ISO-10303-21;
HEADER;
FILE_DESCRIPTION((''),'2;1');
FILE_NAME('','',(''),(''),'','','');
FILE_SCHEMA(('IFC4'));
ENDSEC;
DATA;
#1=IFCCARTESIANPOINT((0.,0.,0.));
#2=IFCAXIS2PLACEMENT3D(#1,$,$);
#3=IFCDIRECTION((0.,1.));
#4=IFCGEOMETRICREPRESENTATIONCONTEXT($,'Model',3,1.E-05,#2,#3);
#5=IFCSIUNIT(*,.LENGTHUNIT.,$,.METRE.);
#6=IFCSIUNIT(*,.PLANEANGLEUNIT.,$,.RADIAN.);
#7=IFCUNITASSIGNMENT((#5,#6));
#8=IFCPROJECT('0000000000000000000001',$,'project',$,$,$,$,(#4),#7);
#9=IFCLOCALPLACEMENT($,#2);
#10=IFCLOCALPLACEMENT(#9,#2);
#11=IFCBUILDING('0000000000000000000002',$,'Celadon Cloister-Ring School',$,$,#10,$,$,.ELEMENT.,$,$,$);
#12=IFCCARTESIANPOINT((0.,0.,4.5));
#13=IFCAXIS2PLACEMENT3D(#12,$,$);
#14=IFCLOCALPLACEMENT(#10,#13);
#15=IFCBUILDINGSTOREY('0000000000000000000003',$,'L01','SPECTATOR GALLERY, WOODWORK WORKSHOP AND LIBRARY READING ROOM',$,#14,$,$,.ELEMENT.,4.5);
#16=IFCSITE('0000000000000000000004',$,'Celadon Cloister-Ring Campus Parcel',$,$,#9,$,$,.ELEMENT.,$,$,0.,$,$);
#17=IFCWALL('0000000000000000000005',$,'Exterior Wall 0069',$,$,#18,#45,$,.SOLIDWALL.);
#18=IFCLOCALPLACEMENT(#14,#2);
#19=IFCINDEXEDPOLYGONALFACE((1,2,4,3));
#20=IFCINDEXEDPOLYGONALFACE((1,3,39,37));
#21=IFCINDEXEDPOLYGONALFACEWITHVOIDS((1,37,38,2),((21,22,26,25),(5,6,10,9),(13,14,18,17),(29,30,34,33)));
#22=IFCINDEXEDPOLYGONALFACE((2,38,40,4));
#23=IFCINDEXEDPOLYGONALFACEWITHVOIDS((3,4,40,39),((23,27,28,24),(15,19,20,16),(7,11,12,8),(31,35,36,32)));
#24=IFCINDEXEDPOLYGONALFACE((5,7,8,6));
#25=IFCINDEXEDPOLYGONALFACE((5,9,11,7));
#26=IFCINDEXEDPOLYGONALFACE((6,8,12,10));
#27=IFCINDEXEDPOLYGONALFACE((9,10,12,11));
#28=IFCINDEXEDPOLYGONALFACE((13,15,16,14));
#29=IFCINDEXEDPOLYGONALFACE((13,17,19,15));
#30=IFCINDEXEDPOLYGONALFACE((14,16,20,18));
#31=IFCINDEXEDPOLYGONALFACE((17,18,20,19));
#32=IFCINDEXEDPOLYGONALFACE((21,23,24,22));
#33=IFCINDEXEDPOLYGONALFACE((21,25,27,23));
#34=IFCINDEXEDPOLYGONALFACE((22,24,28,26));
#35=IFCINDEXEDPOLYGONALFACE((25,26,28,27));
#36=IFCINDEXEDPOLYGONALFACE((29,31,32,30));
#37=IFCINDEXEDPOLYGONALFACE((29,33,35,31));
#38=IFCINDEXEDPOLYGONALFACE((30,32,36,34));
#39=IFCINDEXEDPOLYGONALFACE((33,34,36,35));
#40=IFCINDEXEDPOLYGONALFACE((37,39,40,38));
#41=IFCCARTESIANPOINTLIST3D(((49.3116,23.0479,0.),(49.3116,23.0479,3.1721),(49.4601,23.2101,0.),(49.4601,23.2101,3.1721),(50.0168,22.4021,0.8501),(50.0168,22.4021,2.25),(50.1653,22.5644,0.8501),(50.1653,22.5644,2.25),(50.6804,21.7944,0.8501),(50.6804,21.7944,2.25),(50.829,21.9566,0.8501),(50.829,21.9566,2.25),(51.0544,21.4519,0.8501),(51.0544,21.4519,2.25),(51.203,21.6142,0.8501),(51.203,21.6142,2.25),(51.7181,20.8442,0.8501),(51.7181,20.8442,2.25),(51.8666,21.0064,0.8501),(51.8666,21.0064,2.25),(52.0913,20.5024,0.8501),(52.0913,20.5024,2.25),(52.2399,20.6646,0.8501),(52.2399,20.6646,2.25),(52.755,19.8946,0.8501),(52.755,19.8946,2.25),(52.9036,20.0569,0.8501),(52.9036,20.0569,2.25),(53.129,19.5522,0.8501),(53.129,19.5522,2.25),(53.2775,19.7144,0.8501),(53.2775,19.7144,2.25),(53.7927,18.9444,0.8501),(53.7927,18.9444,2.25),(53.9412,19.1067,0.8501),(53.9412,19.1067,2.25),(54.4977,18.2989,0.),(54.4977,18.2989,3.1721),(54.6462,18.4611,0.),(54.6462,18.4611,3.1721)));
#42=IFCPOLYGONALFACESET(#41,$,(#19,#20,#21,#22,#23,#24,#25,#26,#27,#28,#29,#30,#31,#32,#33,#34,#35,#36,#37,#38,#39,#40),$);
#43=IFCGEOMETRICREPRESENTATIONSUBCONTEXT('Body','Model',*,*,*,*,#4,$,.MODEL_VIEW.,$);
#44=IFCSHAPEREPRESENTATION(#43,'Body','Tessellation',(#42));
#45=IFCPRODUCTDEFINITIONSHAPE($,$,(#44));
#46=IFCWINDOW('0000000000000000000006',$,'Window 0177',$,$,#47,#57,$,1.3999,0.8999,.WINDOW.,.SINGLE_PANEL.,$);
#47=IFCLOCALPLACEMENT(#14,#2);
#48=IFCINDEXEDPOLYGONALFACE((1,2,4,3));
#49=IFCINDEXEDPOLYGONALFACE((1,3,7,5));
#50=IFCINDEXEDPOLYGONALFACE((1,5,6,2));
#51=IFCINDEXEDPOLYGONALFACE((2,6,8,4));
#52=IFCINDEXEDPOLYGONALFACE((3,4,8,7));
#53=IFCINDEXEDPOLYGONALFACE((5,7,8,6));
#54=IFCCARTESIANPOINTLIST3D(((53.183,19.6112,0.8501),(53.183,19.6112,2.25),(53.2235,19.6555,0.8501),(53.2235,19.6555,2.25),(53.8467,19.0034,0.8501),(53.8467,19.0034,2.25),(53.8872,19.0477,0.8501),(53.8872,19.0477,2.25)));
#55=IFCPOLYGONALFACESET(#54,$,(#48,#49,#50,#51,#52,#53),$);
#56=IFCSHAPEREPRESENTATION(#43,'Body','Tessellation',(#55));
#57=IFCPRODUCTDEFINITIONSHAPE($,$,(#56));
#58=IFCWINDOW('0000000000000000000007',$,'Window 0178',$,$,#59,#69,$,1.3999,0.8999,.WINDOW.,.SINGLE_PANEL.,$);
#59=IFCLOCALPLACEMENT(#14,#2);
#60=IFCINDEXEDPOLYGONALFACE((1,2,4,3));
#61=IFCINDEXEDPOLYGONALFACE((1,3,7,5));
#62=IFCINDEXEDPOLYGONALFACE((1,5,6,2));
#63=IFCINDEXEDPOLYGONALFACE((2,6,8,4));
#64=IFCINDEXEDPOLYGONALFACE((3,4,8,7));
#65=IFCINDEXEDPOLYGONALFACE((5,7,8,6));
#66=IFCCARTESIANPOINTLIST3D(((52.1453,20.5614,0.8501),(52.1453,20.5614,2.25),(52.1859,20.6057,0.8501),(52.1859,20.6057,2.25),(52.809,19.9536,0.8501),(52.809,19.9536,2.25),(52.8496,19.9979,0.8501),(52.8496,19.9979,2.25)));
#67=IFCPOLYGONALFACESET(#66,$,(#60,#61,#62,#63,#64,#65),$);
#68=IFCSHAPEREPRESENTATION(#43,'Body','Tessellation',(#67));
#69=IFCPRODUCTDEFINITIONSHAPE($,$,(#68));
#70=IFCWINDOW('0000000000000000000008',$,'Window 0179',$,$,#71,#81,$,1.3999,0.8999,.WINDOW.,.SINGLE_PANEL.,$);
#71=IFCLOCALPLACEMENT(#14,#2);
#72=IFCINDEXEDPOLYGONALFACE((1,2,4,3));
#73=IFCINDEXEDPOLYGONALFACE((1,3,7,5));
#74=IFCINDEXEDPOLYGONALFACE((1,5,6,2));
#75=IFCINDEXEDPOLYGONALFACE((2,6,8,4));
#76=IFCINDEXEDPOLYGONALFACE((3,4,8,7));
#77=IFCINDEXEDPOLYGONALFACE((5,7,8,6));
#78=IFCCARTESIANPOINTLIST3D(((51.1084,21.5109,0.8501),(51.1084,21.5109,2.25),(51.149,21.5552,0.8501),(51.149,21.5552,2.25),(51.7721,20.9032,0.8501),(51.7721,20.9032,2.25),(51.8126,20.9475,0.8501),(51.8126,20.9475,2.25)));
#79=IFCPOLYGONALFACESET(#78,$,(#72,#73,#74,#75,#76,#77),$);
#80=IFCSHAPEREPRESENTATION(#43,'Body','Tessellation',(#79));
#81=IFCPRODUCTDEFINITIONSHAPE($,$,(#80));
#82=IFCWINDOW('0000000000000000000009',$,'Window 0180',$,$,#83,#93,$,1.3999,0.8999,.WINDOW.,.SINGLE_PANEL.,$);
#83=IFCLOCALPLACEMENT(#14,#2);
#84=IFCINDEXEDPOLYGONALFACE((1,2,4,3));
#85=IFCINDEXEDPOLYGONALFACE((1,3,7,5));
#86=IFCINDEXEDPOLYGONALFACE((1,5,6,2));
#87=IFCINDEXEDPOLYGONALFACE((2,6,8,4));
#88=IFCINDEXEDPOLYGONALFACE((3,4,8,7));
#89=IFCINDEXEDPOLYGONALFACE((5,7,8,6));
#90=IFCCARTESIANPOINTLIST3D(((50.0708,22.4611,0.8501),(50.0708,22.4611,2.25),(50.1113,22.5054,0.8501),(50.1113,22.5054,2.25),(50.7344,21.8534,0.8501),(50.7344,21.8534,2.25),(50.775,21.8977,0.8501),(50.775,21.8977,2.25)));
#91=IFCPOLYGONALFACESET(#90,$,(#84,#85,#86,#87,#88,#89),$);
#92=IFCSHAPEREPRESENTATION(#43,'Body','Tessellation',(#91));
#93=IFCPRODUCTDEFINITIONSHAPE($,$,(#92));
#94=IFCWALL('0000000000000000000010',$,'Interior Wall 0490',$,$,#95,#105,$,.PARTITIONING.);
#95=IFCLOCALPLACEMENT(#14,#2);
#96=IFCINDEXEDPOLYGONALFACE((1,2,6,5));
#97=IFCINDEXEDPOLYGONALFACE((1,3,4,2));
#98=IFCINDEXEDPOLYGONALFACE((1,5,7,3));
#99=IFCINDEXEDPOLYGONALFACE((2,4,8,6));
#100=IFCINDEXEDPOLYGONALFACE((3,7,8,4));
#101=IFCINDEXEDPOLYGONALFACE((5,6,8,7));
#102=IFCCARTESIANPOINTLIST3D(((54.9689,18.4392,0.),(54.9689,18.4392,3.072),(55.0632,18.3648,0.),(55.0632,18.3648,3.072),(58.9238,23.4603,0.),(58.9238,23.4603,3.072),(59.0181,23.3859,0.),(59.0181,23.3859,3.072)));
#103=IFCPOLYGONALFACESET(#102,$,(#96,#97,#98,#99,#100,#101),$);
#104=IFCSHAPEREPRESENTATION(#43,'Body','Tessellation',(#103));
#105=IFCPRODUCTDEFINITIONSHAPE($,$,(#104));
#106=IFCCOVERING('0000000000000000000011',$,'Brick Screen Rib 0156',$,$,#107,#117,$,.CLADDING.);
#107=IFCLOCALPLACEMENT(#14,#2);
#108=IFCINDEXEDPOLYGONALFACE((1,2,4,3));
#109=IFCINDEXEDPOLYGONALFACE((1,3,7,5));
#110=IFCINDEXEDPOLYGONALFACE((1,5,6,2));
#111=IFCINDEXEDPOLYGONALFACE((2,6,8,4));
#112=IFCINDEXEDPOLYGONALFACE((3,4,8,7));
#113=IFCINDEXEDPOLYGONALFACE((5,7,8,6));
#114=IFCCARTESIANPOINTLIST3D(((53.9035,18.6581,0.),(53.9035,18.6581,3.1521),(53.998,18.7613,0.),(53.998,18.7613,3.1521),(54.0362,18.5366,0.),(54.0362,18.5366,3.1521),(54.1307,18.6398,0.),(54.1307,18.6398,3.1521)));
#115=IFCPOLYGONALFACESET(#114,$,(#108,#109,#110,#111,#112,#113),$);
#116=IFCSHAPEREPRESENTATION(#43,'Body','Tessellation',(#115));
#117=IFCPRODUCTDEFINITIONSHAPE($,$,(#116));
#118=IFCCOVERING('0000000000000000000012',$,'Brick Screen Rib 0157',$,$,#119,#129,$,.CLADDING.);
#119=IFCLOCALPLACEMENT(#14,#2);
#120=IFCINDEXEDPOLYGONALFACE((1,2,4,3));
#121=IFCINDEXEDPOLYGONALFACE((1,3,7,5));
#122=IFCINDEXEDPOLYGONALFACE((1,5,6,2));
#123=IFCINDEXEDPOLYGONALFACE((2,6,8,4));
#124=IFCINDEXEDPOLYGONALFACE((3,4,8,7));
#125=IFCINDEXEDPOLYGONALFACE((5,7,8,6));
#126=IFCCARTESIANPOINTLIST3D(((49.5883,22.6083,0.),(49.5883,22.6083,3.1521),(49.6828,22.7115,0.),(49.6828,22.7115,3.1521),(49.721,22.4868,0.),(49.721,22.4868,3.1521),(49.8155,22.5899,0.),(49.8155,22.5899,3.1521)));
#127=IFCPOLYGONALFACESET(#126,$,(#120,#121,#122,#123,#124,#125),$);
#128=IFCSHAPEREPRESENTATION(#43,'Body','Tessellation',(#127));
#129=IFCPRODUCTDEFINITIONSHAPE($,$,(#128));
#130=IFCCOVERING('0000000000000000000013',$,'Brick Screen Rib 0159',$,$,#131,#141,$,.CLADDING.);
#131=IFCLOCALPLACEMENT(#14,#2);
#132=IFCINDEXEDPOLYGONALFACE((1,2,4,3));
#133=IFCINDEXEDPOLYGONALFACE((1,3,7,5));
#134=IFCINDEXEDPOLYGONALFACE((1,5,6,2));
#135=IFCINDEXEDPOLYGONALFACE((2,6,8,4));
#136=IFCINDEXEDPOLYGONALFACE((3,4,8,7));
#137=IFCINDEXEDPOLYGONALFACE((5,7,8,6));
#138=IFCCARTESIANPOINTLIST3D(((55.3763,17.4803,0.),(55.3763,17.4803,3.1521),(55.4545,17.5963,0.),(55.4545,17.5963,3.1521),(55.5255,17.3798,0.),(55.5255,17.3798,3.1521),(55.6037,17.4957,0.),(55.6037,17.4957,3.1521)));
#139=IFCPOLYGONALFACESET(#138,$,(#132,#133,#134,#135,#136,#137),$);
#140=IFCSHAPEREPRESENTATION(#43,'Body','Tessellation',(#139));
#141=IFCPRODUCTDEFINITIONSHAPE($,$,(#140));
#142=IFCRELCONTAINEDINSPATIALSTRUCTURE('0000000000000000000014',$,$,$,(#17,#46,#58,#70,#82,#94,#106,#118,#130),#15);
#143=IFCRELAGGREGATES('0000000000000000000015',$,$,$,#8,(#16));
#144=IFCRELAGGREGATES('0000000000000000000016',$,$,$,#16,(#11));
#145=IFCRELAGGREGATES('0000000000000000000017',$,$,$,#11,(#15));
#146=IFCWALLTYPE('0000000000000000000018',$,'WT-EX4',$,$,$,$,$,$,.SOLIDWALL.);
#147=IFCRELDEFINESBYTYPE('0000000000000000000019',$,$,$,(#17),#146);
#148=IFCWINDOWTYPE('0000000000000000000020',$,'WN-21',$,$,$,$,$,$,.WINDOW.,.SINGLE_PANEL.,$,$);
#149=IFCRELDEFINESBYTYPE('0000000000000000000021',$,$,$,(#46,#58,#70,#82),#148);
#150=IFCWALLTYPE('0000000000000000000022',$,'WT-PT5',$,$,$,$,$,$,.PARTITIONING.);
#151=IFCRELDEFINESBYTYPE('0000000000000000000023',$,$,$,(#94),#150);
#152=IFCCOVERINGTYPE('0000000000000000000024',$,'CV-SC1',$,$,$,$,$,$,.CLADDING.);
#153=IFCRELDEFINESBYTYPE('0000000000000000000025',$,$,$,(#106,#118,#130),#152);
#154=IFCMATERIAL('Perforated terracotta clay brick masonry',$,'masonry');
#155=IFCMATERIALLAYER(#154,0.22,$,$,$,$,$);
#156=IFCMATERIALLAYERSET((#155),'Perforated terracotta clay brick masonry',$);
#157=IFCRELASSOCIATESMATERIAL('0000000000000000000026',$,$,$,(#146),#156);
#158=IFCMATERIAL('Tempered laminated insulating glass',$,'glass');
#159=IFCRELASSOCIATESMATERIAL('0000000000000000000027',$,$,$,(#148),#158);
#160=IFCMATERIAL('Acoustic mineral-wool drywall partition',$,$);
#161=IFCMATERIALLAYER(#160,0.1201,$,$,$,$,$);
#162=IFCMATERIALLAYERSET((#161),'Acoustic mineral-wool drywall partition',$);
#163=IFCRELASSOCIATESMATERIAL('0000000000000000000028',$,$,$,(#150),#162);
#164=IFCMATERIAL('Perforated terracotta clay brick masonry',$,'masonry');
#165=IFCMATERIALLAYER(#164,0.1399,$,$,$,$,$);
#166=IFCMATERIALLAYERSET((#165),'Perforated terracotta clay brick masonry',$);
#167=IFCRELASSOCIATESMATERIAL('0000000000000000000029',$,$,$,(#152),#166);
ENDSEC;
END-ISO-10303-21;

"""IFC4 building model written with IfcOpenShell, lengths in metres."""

from ifc_helpers import new_model, si_unit, direction, frame, frame_2d, origin, origin_2d, place, context, subcontext, project, spatial, rectangle, extrude, material, layer, layer_set, type_object, element, fill, save


model = new_model("IFC4")

# Units and contexts
model_context = context("Model", 3, precision=1e-05, world=origin(), true_north=direction((0.0, 1.0)))
body_context = subcontext(model_context, "Body", "Model", "MODEL_VIEW")
ifc_project = project(units=[si_unit("LENGTHUNIT", "METRE"), si_unit("PLANEANGLEUNIT", "RADIAN")], contexts=[model_context])

# Site, building, storey
site_placement = place(None, origin())
site = spatial("IfcSite", under=ifc_project, at=site_placement, Name="Celadon Cloister-Ring Campus Parcel", CompositionType="ELEMENT", RefElevation=0.0)
building_placement = place(site_placement, origin())
building = spatial("IfcBuilding", under=site, at=building_placement, Name="Celadon Cloister-Ring School", CompositionType="ELEMENT")
storey_placement = place(building_placement, frame((0.0, 0.0, 4.5)))
storey = spatial("IfcBuildingStorey", under=building, at=storey_placement, Name="L01", Description="SPECTATOR GALLERY, WOODWORK WORKSHOP AND LIBRARY READING ROOM", CompositionType="ELEMENT", Elevation=4.5)

# Wall, openings, windows
ifc_material_1 = material(Name="Perforated terracotta clay brick masonry", Category="masonry")
ifc_layer_1 = layer(ifc_material_1, 0.22)
ifc_layer_set_1 = layer_set([ifc_layer_1], Name="Perforated terracotta clay brick masonry")
wall_type_1 = type_object("IfcWallType", Name="WT-EX4", PredefinedType="SOLIDWALL", material=ifc_layer_set_1)
wall_1_placement = place(storey_placement, frame((54.572, 18.3799, 0.0), z_axis=(0.0, 0.0, 1.0), x_axis=(-0.737497, 0.67535, 0.0)))
wall_1 = element("IfcWall", 1, at=wall_1_placement, inside=storey, type_object=wall_type_1, Name="Exterior Wall 0069", PredefinedType="SOLIDWALL", context=body_context, shape_type="SweptSolid", body=[
    extrude(rectangle(XDim=7.032, YDim=0.22, at=frame_2d((3.5161, 0.0))), origin(), (0.0, 0.0, 1.0), 3.1721),
])
opening_1_placement = place(wall_1_placement, frame((0.9561, 0.0, 0.8501)))
opening_1 = element("IfcOpeningElement", 2, at=opening_1_placement, cuts=wall_1, PredefinedType="OPENING", context=body_context, shape_type="SweptSolid", body=[
    extrude(rectangle(XDim=0.8999, YDim=1.3999, at=frame_2d((0.45, 0.7))), frame((0.0, 0.1201, 0.0), z_axis=(0.0, -1.0, 0.0), x_axis=(1.0, 0.0, 0.0)), (0.0, 0.0, 1.0), 0.24),
])
opening_2_placement = place(wall_1_placement, frame((2.363, 0.0, 0.8501)))
opening_2 = element("IfcOpeningElement", 3, at=opening_2_placement, cuts=wall_1, PredefinedType="OPENING", context=body_context, shape_type="SweptSolid", body=[
    extrude(rectangle(XDim=0.8999, YDim=1.3999, at=frame_2d((0.45, 0.7))), frame((0.0, 0.1201, 0.0), z_axis=(0.0, -1.0, 0.0), x_axis=(1.0, 0.0, 0.0)), (0.0, 0.0, 1.0), 0.24),
])
opening_3_placement = place(wall_1_placement, frame((3.769, 0.0, 0.8501)))
opening_3 = element("IfcOpeningElement", 4, at=opening_3_placement, cuts=wall_1, PredefinedType="OPENING", context=body_context, shape_type="SweptSolid", body=[
    extrude(rectangle(XDim=0.8999, YDim=1.3999, at=frame_2d((0.45, 0.7))), frame((0.0, 0.1201, 0.0), z_axis=(0.0, -1.0, 0.0), x_axis=(1.0, 0.0, 0.0)), (0.0, 0.0, 1.0), 0.24),
])
opening_4_placement = place(wall_1_placement, frame((5.176, 0.0, 0.8501)))
opening_4 = element("IfcOpeningElement", 5, at=opening_4_placement, cuts=wall_1, PredefinedType="OPENING", context=body_context, shape_type="SweptSolid", body=[
    extrude(rectangle(XDim=0.8999, YDim=1.3999, at=frame_2d((0.45, 0.7))), frame((0.0, 0.1201, 0.0), z_axis=(0.0, -1.0, 0.0), x_axis=(1.0, 0.0, 0.0)), (0.0, 0.0, 1.0), 0.24),
])
ifc_material_2 = material(Name="Tempered laminated insulating glass", Category="glass")
window_type = type_object("IfcWindowType", Name="WN-21", PartitioningType="SINGLE_PANEL", PredefinedType="WINDOW", material=ifc_material_2)
window_1_placement = place(opening_1_placement, origin())
window_1 = element("IfcWindow", 6, at=window_1_placement, inside=storey, type_object=window_type, Name="Window 0177", OverallHeight=1.3999, OverallWidth=0.8999, PartitioningType="SINGLE_PANEL", PredefinedType="WINDOW", context=body_context, shape_type="SweptSolid", body=[
    extrude(rectangle(XDim=0.8999, YDim=1.3999, at=frame_2d((0.45, 0.7))), frame((0.0, 0.03, 0.0), z_axis=(0.0, -1.0, 0.0), x_axis=(1.0, 0.0, 0.0)), (0.0, 0.0, 1.0), 0.0601),
])
fill(opening_1, window_1)
window_2_placement = place(opening_2_placement, origin())
window_2 = element("IfcWindow", 7, at=window_2_placement, inside=storey, type_object=window_type, Name="Window 0178", OverallHeight=1.3999, OverallWidth=0.8999, PartitioningType="SINGLE_PANEL", PredefinedType="WINDOW", context=body_context, shape_type="SweptSolid", body=[
    extrude(rectangle(XDim=0.8999, YDim=1.3999, at=frame_2d((0.45, 0.7))), frame((0.0, 0.03, 0.0), z_axis=(0.0, -1.0, 0.0), x_axis=(1.0, 0.0, 0.0)), (0.0, 0.0, 1.0), 0.0601),
])
fill(opening_2, window_2)
window_3_placement = place(opening_3_placement, origin())
window_3 = element("IfcWindow", 8, at=window_3_placement, inside=storey, type_object=window_type, Name="Window 0179", OverallHeight=1.3999, OverallWidth=0.8999, PartitioningType="SINGLE_PANEL", PredefinedType="WINDOW", context=body_context, shape_type="SweptSolid", body=[
    extrude(rectangle(XDim=0.8999, YDim=1.3999, at=frame_2d((0.45, 0.7))), frame((0.0, 0.03, 0.0), z_axis=(0.0, -1.0, 0.0), x_axis=(1.0, 0.0, 0.0)), (0.0, 0.0, 1.0), 0.0601),
])
fill(opening_3, window_3)
window_4_placement = place(opening_4_placement, origin())
window_4 = element("IfcWindow", 9, at=window_4_placement, inside=storey, type_object=window_type, Name="Window 0180", OverallHeight=1.3999, OverallWidth=0.8999, PartitioningType="SINGLE_PANEL", PredefinedType="WINDOW", context=body_context, shape_type="SweptSolid", body=[
    extrude(rectangle(XDim=0.8999, YDim=1.3999, at=frame_2d((0.45, 0.7))), frame((0.0, 0.03, 0.0), z_axis=(0.0, -1.0, 0.0), x_axis=(1.0, 0.0, 0.0)), (0.0, 0.0, 1.0), 0.0601),
])
fill(opening_4, window_4)

# Wall
ifc_material_3 = material(Name="Acoustic mineral-wool drywall partition")
ifc_layer_2 = layer(ifc_material_3, 0.1201)
ifc_layer_set_2 = layer_set([ifc_layer_2], Name="Acoustic mineral-wool drywall partition")
wall_type_2 = type_object("IfcWallType", Name="WT-PT5", PredefinedType="PARTITIONING", material=ifc_layer_set_2)
wall_2_placement = place(storey_placement, frame((58.9709, 23.4231, 0.0), z_axis=(0.0, 0.0, 1.0), x_axis=(-0.618766, -0.785576, 0.0)))
element("IfcWall", 10, at=wall_2_placement, inside=storey, type_object=wall_type_2, Name="Interior Wall 0490", PredefinedType="PARTITIONING", context=body_context, shape_type="SweptSolid", body=[
    extrude(rectangle(XDim=6.3916, YDim=0.1201, at=frame_2d((3.1958, 0.0))), origin(), (0.0, 0.0, 1.0), 3.072),
])

# Coverings
ifc_material_4 = material(Name="Perforated terracotta clay brick masonry", Category="masonry")
ifc_layer_3 = layer(ifc_material_4, 0.1399)
ifc_layer_set_3 = layer_set([ifc_layer_3], Name="Perforated terracotta clay brick masonry")
covering_type = type_object("IfcCoveringType", Name="CV-SC1", PredefinedType="CLADDING", material=ifc_layer_set_3)
for number, where, z_axis, x_axis, name in (
    (11, (54.0171, 18.6489, 0.0), (0.0, 0.0, 1.0), (-0.737501, 0.675346, 0.0), "Brick Screen Rib 0156"),
    (12, (49.7019, 22.5991, 0.0), (0.0, 0.0, 1.0), (-0.737501, 0.675346, 0.0), "Brick Screen Rib 0157"),
    (13, (55.49, 17.488, 0.0), (0.0, 0.0, 1.0), (-0.829194, 0.558961, 0.0), "Brick Screen Rib 0159"),
):
    element("IfcCovering", number, at=place(storey_placement, frame(where, z_axis=z_axis, x_axis=x_axis)), inside=storey, type_object=covering_type, Name=name, PredefinedType="CLADDING", context=body_context, shape_type="SweptSolid", body=[
        extrude(rectangle(XDim=0.1799, YDim=0.1399, at=origin_2d()), origin(), (0.0, 0.0, 1.0), 3.1521),
    ])

save(model, "model.ifc")
